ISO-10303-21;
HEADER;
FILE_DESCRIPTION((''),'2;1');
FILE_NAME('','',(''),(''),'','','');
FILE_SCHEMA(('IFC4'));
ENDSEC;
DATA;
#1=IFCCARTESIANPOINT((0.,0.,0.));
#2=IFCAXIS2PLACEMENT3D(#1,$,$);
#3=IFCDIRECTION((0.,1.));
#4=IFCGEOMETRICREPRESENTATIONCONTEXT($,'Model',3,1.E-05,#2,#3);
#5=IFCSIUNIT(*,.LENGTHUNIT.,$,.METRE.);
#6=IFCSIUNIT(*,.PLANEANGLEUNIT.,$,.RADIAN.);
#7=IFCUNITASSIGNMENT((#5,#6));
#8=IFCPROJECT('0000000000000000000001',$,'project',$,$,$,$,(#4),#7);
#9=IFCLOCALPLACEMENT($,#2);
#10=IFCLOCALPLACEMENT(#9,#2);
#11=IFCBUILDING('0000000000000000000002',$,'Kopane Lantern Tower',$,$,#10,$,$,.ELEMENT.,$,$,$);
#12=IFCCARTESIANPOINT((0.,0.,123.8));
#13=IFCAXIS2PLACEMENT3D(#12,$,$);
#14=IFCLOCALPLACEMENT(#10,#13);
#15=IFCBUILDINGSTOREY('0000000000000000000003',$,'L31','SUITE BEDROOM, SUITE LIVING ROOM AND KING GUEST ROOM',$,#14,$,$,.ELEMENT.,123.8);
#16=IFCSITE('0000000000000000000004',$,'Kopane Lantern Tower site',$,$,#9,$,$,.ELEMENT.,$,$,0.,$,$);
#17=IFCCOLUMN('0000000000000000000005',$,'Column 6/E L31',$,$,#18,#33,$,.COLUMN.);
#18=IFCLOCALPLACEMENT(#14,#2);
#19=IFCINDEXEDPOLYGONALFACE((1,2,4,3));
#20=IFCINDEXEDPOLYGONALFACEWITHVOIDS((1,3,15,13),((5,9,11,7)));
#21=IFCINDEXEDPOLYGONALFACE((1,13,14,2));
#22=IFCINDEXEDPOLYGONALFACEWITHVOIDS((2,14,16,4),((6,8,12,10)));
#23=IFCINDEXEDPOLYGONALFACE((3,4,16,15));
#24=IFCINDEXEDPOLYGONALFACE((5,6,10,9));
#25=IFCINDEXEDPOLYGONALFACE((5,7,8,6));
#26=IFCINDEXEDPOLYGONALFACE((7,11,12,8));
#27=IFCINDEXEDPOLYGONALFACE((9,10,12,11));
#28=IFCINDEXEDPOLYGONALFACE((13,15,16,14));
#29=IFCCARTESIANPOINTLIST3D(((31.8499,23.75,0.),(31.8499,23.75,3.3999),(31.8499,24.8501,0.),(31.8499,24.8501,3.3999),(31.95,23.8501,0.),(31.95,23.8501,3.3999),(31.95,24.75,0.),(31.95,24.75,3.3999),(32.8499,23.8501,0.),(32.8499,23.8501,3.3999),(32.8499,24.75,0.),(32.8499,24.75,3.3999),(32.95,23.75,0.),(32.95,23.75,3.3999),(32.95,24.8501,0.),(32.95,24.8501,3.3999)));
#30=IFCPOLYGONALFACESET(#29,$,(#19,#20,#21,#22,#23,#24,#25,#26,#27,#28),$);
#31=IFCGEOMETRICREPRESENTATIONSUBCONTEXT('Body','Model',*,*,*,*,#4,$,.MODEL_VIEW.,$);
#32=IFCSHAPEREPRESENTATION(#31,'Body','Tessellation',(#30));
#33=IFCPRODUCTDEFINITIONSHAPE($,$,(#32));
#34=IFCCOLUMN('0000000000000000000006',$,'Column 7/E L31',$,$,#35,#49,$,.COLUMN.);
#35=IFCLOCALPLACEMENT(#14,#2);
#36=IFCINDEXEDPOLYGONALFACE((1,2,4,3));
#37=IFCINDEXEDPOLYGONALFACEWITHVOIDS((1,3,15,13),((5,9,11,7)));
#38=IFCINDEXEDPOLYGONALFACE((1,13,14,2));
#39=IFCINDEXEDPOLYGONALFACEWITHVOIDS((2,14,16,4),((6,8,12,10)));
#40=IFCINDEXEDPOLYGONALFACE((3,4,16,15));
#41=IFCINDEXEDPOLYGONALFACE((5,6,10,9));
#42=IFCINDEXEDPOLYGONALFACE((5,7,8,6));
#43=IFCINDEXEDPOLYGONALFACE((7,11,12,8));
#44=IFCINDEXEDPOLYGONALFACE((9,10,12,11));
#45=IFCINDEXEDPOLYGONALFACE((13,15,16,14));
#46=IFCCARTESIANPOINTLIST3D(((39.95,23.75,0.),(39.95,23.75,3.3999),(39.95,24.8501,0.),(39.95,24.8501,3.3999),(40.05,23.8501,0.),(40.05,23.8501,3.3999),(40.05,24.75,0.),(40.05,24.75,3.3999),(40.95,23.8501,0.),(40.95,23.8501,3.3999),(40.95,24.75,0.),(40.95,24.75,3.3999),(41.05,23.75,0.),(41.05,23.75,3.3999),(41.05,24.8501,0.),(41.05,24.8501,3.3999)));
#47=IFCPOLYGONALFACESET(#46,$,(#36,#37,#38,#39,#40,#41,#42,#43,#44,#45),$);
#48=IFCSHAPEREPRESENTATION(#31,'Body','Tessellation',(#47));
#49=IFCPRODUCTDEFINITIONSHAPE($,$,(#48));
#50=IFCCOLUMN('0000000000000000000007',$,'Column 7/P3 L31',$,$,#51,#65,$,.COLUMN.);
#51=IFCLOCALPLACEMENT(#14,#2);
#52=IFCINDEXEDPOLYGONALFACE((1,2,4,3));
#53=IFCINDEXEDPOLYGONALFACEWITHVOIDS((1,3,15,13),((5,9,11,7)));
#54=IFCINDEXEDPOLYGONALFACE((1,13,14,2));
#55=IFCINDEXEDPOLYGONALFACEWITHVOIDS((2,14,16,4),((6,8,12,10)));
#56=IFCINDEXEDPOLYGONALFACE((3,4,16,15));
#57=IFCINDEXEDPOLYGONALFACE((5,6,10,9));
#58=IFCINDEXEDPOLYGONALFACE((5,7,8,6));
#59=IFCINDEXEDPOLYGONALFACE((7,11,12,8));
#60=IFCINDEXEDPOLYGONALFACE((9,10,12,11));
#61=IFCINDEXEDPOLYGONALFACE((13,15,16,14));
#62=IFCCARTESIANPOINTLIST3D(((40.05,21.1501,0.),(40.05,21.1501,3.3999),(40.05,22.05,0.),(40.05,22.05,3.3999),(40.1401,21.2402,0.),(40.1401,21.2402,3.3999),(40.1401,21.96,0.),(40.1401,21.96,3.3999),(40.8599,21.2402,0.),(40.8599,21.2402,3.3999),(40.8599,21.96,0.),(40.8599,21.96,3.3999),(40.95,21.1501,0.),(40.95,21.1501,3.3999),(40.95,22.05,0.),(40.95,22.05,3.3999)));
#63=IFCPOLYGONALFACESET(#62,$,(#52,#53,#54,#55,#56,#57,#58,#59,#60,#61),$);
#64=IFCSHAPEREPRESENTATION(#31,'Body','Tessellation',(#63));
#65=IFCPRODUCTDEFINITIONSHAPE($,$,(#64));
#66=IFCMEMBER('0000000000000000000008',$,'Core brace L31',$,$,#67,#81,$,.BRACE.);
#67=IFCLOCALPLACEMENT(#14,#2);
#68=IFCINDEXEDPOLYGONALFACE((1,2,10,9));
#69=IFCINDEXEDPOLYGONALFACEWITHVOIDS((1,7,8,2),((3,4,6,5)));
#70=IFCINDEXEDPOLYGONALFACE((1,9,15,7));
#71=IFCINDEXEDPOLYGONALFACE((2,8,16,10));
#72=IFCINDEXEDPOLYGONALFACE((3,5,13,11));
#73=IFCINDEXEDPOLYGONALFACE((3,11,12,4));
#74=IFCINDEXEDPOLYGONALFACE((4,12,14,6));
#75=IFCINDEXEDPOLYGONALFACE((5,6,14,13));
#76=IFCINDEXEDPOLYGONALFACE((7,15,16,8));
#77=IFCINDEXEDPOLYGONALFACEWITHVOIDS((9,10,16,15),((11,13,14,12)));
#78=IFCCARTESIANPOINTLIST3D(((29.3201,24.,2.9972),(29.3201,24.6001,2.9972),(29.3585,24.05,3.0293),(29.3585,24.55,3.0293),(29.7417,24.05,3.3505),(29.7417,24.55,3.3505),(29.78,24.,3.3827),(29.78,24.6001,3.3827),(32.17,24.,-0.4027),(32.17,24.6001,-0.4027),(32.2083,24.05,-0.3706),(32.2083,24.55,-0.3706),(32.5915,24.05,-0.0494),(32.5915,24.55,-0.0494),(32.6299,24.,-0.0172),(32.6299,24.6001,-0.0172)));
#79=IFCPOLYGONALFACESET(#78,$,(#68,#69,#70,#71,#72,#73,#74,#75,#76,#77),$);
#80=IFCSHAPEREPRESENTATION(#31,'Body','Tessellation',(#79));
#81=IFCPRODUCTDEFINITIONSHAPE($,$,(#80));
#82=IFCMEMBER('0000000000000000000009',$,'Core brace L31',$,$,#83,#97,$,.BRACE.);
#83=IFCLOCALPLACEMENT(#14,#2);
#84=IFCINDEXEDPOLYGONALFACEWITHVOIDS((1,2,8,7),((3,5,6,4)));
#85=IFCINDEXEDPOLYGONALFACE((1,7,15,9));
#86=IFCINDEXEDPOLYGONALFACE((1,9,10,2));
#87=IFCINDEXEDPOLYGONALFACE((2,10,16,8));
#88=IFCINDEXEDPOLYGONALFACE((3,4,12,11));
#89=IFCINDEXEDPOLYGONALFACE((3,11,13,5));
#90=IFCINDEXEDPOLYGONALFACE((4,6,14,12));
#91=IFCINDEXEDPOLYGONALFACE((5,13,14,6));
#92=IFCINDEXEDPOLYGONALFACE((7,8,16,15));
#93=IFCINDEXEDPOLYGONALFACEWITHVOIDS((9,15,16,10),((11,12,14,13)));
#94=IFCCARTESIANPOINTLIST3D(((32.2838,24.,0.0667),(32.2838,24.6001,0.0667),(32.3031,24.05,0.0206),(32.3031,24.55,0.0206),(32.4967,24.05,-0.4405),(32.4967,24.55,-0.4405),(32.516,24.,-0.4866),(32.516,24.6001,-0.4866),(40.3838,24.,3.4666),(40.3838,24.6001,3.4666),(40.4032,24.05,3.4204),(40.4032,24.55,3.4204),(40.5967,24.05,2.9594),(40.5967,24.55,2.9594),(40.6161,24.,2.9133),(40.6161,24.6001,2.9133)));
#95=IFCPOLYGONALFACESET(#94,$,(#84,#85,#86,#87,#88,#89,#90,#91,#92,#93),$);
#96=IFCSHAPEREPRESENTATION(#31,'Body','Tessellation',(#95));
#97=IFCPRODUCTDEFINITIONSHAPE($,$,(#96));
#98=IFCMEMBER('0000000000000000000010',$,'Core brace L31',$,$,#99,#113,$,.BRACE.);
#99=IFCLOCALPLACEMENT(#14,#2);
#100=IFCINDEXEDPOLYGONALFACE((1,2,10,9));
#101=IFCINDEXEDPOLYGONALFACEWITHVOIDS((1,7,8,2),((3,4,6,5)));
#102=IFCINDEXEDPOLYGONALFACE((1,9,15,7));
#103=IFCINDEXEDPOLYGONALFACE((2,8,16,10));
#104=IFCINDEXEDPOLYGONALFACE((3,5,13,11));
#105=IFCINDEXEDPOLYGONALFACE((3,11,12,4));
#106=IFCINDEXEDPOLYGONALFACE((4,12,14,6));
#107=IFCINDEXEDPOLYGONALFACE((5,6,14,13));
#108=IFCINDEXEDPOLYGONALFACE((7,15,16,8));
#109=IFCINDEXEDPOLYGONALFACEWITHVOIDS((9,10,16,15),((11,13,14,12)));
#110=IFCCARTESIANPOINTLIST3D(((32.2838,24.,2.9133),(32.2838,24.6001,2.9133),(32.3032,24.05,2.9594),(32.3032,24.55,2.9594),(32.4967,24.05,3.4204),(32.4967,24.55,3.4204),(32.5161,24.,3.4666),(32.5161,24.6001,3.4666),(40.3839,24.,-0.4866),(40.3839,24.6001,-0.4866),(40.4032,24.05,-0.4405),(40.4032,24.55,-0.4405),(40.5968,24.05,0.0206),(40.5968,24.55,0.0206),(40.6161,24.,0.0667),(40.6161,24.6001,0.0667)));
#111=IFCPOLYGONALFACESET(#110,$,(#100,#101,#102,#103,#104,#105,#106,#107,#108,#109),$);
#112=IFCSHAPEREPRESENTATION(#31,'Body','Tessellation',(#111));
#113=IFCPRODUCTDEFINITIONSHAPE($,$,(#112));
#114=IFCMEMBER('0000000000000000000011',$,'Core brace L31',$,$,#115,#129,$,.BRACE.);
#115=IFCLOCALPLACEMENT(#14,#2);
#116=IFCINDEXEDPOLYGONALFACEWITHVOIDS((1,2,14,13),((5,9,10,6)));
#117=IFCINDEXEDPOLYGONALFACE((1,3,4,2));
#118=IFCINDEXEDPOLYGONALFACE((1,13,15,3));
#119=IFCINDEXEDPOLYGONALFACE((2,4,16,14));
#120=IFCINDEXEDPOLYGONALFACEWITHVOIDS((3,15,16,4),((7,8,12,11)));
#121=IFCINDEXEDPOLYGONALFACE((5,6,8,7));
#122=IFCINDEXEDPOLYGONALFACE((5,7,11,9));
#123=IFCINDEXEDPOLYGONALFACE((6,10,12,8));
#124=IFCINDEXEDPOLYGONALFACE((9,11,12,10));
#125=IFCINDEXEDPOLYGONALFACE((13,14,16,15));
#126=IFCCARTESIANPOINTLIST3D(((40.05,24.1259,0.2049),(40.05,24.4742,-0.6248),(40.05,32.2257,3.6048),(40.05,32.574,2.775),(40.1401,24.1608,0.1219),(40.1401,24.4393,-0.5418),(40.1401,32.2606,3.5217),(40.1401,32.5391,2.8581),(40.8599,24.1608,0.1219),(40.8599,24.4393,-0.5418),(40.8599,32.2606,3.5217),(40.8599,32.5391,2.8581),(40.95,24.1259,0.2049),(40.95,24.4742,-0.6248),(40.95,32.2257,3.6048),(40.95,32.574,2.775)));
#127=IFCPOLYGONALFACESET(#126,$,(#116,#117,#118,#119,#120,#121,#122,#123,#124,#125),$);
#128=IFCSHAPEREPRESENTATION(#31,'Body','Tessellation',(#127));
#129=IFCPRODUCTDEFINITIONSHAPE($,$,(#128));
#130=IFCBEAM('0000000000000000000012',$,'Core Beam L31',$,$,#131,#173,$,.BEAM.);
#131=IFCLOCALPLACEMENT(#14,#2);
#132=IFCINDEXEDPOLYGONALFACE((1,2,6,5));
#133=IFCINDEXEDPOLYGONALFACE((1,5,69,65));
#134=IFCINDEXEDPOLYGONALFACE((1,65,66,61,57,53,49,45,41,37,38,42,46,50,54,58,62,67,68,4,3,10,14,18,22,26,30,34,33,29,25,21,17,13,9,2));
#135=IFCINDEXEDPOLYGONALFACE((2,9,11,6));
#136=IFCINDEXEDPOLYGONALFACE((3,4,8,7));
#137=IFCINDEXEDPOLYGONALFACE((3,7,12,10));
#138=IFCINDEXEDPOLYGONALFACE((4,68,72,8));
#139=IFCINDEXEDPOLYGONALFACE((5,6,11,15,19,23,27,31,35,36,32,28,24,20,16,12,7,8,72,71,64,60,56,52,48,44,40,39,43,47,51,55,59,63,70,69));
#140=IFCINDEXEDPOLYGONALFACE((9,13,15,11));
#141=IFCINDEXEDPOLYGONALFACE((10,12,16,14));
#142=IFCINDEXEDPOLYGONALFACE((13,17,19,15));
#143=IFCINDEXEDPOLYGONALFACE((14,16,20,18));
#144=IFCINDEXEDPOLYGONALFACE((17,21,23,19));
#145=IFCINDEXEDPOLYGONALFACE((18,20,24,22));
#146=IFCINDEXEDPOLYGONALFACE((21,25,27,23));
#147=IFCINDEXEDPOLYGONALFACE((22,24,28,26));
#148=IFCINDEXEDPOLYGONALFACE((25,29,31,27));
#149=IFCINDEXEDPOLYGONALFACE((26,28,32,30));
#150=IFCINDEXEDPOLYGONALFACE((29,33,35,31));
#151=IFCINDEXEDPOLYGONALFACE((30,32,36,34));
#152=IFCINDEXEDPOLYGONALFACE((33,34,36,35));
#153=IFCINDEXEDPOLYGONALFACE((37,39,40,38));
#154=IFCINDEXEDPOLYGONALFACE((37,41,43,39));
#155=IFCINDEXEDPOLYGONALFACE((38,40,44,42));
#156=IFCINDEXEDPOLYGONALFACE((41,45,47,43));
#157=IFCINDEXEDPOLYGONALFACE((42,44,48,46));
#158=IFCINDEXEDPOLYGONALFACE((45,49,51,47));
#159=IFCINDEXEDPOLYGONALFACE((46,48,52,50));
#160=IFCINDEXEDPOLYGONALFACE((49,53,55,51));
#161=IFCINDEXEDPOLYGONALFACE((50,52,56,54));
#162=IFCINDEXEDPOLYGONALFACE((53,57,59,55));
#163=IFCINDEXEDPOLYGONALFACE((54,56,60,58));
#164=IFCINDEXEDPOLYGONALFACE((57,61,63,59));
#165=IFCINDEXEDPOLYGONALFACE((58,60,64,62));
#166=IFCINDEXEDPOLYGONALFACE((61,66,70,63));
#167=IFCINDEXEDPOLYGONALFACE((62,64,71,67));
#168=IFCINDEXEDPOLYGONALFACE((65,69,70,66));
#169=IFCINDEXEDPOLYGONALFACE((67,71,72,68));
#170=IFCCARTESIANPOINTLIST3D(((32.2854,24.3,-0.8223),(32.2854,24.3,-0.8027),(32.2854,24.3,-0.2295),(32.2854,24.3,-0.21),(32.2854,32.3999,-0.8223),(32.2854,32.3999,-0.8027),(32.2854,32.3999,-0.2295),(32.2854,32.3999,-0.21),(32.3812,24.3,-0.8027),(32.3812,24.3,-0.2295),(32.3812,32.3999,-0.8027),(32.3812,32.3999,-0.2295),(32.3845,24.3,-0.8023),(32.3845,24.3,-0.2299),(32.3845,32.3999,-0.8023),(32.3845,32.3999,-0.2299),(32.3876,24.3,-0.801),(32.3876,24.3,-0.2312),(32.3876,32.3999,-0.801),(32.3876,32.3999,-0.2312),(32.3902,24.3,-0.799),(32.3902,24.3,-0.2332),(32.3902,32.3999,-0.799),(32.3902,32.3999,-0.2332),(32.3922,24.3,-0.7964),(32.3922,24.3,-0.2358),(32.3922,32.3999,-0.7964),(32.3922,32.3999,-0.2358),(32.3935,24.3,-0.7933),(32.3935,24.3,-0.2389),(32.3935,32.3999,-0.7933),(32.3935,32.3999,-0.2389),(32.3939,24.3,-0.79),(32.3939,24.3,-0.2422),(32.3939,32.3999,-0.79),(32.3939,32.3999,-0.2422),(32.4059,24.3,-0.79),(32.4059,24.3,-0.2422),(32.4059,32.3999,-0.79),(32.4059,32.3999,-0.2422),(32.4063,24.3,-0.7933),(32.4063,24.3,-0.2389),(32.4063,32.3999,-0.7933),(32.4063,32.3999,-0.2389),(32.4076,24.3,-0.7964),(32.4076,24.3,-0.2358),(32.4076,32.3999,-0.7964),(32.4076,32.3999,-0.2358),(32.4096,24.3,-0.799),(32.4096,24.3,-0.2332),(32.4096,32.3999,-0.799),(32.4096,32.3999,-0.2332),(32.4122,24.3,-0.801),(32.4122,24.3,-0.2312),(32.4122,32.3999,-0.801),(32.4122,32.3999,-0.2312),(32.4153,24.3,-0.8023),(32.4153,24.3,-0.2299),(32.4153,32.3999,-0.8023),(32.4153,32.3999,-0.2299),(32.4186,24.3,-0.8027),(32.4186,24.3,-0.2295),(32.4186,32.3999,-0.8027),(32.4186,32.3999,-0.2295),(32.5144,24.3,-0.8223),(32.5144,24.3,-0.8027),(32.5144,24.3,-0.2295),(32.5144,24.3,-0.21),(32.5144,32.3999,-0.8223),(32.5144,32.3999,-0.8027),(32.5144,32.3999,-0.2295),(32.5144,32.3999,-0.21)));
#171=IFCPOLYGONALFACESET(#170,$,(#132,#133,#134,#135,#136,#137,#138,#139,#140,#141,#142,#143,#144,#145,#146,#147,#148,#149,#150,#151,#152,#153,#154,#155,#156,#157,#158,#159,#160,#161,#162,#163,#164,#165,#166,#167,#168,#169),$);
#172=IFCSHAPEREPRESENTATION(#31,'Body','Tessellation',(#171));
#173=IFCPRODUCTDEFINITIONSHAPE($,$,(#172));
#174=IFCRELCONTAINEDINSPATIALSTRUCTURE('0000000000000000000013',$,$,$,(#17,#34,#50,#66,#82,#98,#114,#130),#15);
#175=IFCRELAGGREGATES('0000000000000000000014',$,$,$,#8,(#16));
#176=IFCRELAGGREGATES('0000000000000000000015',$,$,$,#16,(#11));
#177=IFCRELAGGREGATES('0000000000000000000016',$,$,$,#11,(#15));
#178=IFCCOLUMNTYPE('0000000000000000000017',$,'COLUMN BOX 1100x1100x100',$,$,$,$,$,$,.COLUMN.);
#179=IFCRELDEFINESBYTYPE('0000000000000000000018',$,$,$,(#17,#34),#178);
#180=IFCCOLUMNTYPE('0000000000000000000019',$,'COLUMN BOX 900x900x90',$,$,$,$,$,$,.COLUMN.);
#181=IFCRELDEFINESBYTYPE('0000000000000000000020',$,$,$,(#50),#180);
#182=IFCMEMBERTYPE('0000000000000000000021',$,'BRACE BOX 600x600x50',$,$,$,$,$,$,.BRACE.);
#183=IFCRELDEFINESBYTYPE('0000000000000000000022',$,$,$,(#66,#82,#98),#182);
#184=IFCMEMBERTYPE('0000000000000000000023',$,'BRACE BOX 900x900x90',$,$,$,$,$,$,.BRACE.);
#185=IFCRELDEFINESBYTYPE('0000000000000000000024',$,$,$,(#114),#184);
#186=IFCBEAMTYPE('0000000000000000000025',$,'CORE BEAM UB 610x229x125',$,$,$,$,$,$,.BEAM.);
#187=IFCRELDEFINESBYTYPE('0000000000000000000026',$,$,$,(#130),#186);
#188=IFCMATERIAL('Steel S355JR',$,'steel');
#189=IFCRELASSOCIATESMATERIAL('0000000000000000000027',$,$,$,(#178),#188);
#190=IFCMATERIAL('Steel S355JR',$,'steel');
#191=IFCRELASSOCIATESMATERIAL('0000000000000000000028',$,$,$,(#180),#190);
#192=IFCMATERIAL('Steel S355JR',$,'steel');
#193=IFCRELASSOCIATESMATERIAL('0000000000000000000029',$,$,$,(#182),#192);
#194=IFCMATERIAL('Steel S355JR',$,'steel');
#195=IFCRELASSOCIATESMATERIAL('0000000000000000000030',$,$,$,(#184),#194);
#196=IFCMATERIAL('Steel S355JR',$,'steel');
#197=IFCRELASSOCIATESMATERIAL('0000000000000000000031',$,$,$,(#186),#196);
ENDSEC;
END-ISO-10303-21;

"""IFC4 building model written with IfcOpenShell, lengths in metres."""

from ifc_helpers import new_model, si_unit, direction, frame, origin, origin_2d, place, context, subcontext, project, spatial, hollow_rectangle, i_section, extrude, material, material_profile, profile_set, type_object, element, save


model = new_model("IFC4")

# Units and contexts
model_context = context("Model", 3, precision=1e-05, world=origin(), true_north=direction((0.0, 1.0)))
body_context = subcontext(model_context, "Body", "Model", "MODEL_VIEW")
ifc_project = project(units=[si_unit("LENGTHUNIT", "METRE"), si_unit("PLANEANGLEUNIT", "RADIAN")], contexts=[model_context])

# Site, building, storey
site_placement = place(None, origin())
site = spatial("IfcSite", under=ifc_project, at=site_placement, Name="Kopane Lantern Tower site", CompositionType="ELEMENT", RefElevation=0.0)
building_placement = place(site_placement, origin())
building = spatial("IfcBuilding", under=site, at=building_placement, Name="Kopane Lantern Tower", CompositionType="ELEMENT")
storey_placement = place(building_placement, frame((0.0, 0.0, 123.8)))
storey = spatial("IfcBuildingStorey", under=building, at=storey_placement, Name="L31", Description="SUITE BEDROOM, SUITE LIVING ROOM AND KING GUEST ROOM", CompositionType="ELEMENT", Elevation=123.8)

# Columns
ifc_material_1 = material(Name="Steel S355JR", Category="steel")
ifc_material_profile_1 = material_profile(ifc_material_1, hollow_rectangle(XDim=1.1001, YDim=1.1001, WallThickness=0.1001, at=origin_2d()), Name="BOX 1100x1100x100")
ifc_profile_set_1 = profile_set([ifc_material_profile_1], Name="Steel S355JR")
column_type_1 = type_object("IfcColumnType", Name="COLUMN BOX 1100x1100x100", PredefinedType="COLUMN", material=ifc_profile_set_1)
for number, where, z_axis, x_axis, name in (
    (1, (32.3999, 24.3, 0.0), (0.0, 0.0, 1.0), (1.0, 0.0, 0.0), "Column 6/E L31"),
    (2, (40.5, 24.3, 0.0), (0.0, 0.0, 1.0), (1.0, 0.0, 0.0), "Column 7/E L31"),
):
    element("IfcColumn", number, at=place(storey_placement, frame(where, z_axis=z_axis, x_axis=x_axis)), inside=storey, type_object=column_type_1, Name=name, PredefinedType="COLUMN", context=body_context, shape_type="SweptSolid", body=[
        extrude(hollow_rectangle(XDim=1.1001, YDim=1.1001, WallThickness=0.1001, at=origin_2d()), origin(), (0.0, 0.0, 1.0), 3.3999),
    ])
ifc_material_2 = material(Name="Steel S355JR", Category="steel")
ifc_material_profile_2 = material_profile(ifc_material_2, hollow_rectangle(XDim=0.8999, YDim=0.8999, WallThickness=0.0901, at=origin_2d()), Name="BOX 900x900x90")
ifc_profile_set_2 = profile_set([ifc_material_profile_2], Name="Steel S355JR")
column_type_2 = type_object("IfcColumnType", Name="COLUMN BOX 900x900x90", PredefinedType="COLUMN", material=ifc_profile_set_2)
column_placement = place(storey_placement, frame((40.5, 21.6001, 0.0), z_axis=(0.0, 0.0, 1.0), x_axis=(1.0, 0.0, 0.0)))
element("IfcColumn", 3, at=column_placement, inside=storey, type_object=column_type_2, Name="Column 7/P3 L31", PredefinedType="COLUMN", context=body_context, shape_type="SweptSolid", body=[
    extrude(hollow_rectangle(XDim=0.8999, YDim=0.8999, WallThickness=0.0901, at=origin_2d()), origin(), (0.0, 0.0, 1.0), 3.3999),
])

# Members
ifc_material_3 = material(Name="Steel S355JR", Category="steel")
ifc_material_profile_3 = material_profile(ifc_material_3, hollow_rectangle(XDim=0.6001, YDim=0.6001, WallThickness=0.05, at=origin_2d()), Name="BOX 600x600x50")
ifc_profile_set_3 = profile_set([ifc_material_profile_3], Name="Steel S355JR")
member_type_1 = type_object("IfcMemberType", Name="BRACE BOX 600x600x50", PredefinedType="BRACE", material=ifc_profile_set_3)
member_1_placement = place(storey_placement, frame((32.3999, 24.3, -0.21), z_axis=(-0.64239, 0.0, 0.766378), x_axis=(0.0, -1.0, 0.0)))
element("IfcMember", 4, at=member_1_placement, inside=storey, type_object=member_type_1, Name="Core brace L31", PredefinedType="BRACE", context=body_context, shape_type="SweptSolid", body=[
    extrude(hollow_rectangle(XDim=0.6001, YDim=0.6001, WallThickness=0.05, at=origin_2d()), origin(), (0.0, 0.0, 1.0), 4.4363),
])
for number, where, z_axis, x_axis, name in (
    (5, (32.3999, 24.3, -0.21), (0.922069, 0.0, 0.387026), (0.0, 1.0, 0.0), "Core brace L31"),
    (6, (40.5, 24.3, -0.21), (-0.922069, 0.0, 0.387026), (0.0, -1.0, 0.0), "Core brace L31"),
):
    element("IfcMember", number, at=place(storey_placement, frame(where, z_axis=z_axis, x_axis=x_axis)), inside=storey, type_object=member_type_1, Name=name, PredefinedType="BRACE", context=body_context, shape_type="SweptSolid", body=[
        extrude(hollow_rectangle(XDim=0.6001, YDim=0.6001, WallThickness=0.05, at=origin_2d()), origin(), (0.0, 0.0, 1.0), 8.7847),
    ])
ifc_material_4 = material(Name="Steel S355JR", Category="steel")
ifc_material_profile_4 = material_profile(ifc_material_4, hollow_rectangle(XDim=0.8999, YDim=0.8999, WallThickness=0.0901, at=origin_2d()), Name="BOX 900x900x90")
ifc_profile_set_4 = profile_set([ifc_material_profile_4], Name="Steel S355JR")
member_type_2 = type_object("IfcMemberType", Name="BRACE BOX 900x900x90", PredefinedType="BRACE", material=ifc_profile_set_4)
member_2_placement = place(storey_placement, frame((40.5, 24.3, -0.21), z_axis=(0.0, 0.922065, 0.387035), x_axis=(-1.0, 0.0, 0.0)))
element("IfcMember", 7, at=member_2_placement, inside=storey, type_object=member_type_2, Name="Core brace L31", PredefinedType="BRACE", context=body_context, shape_type="SweptSolid", body=[
    extrude(hollow_rectangle(XDim=0.8999, YDim=0.8999, WallThickness=0.0901, at=origin_2d()), origin(), (0.0, 0.0, 1.0), 8.7844),
])

# Beam
ifc_material_5 = material(Name="Steel S355JR", Category="steel")
ifc_material_profile_5 = material_profile(ifc_material_5, i_section(OverallWidth=0.229, OverallDepth=0.6123, WebThickness=0.012, FlangeThickness=0.0195, FilletRadius=0.0127, at=origin_2d()), Name="UB 610x229x125")
ifc_profile_set_5 = profile_set([ifc_material_profile_5], Name="Steel S355JR")
beam_type_1 = type_object("IfcBeamType", Name="CORE BEAM UB 610x229x125", PredefinedType="BEAM", material=ifc_profile_set_5)
beam_1_placement = place(storey_placement, frame((32.3999, 24.3, -0.5161), z_axis=(0.0, 1.0, 0.0), x_axis=(-1.0, 0.0, 0.0)))
element("IfcBeam", 8, at=beam_1_placement, inside=storey, type_object=beam_type_1, Name="Core Beam L31", PredefinedType="BEAM", context=body_context, shape_type="SweptSolid", body=[
    extrude(i_section(OverallWidth=0.229, OverallDepth=0.6123, WebThickness=0.012, FlangeThickness=0.0195, FilletRadius=0.0127, at=origin_2d()), origin(), (0.0, 0.0, 1.0), 8.0999),
])

save(model, "model.ifc")
